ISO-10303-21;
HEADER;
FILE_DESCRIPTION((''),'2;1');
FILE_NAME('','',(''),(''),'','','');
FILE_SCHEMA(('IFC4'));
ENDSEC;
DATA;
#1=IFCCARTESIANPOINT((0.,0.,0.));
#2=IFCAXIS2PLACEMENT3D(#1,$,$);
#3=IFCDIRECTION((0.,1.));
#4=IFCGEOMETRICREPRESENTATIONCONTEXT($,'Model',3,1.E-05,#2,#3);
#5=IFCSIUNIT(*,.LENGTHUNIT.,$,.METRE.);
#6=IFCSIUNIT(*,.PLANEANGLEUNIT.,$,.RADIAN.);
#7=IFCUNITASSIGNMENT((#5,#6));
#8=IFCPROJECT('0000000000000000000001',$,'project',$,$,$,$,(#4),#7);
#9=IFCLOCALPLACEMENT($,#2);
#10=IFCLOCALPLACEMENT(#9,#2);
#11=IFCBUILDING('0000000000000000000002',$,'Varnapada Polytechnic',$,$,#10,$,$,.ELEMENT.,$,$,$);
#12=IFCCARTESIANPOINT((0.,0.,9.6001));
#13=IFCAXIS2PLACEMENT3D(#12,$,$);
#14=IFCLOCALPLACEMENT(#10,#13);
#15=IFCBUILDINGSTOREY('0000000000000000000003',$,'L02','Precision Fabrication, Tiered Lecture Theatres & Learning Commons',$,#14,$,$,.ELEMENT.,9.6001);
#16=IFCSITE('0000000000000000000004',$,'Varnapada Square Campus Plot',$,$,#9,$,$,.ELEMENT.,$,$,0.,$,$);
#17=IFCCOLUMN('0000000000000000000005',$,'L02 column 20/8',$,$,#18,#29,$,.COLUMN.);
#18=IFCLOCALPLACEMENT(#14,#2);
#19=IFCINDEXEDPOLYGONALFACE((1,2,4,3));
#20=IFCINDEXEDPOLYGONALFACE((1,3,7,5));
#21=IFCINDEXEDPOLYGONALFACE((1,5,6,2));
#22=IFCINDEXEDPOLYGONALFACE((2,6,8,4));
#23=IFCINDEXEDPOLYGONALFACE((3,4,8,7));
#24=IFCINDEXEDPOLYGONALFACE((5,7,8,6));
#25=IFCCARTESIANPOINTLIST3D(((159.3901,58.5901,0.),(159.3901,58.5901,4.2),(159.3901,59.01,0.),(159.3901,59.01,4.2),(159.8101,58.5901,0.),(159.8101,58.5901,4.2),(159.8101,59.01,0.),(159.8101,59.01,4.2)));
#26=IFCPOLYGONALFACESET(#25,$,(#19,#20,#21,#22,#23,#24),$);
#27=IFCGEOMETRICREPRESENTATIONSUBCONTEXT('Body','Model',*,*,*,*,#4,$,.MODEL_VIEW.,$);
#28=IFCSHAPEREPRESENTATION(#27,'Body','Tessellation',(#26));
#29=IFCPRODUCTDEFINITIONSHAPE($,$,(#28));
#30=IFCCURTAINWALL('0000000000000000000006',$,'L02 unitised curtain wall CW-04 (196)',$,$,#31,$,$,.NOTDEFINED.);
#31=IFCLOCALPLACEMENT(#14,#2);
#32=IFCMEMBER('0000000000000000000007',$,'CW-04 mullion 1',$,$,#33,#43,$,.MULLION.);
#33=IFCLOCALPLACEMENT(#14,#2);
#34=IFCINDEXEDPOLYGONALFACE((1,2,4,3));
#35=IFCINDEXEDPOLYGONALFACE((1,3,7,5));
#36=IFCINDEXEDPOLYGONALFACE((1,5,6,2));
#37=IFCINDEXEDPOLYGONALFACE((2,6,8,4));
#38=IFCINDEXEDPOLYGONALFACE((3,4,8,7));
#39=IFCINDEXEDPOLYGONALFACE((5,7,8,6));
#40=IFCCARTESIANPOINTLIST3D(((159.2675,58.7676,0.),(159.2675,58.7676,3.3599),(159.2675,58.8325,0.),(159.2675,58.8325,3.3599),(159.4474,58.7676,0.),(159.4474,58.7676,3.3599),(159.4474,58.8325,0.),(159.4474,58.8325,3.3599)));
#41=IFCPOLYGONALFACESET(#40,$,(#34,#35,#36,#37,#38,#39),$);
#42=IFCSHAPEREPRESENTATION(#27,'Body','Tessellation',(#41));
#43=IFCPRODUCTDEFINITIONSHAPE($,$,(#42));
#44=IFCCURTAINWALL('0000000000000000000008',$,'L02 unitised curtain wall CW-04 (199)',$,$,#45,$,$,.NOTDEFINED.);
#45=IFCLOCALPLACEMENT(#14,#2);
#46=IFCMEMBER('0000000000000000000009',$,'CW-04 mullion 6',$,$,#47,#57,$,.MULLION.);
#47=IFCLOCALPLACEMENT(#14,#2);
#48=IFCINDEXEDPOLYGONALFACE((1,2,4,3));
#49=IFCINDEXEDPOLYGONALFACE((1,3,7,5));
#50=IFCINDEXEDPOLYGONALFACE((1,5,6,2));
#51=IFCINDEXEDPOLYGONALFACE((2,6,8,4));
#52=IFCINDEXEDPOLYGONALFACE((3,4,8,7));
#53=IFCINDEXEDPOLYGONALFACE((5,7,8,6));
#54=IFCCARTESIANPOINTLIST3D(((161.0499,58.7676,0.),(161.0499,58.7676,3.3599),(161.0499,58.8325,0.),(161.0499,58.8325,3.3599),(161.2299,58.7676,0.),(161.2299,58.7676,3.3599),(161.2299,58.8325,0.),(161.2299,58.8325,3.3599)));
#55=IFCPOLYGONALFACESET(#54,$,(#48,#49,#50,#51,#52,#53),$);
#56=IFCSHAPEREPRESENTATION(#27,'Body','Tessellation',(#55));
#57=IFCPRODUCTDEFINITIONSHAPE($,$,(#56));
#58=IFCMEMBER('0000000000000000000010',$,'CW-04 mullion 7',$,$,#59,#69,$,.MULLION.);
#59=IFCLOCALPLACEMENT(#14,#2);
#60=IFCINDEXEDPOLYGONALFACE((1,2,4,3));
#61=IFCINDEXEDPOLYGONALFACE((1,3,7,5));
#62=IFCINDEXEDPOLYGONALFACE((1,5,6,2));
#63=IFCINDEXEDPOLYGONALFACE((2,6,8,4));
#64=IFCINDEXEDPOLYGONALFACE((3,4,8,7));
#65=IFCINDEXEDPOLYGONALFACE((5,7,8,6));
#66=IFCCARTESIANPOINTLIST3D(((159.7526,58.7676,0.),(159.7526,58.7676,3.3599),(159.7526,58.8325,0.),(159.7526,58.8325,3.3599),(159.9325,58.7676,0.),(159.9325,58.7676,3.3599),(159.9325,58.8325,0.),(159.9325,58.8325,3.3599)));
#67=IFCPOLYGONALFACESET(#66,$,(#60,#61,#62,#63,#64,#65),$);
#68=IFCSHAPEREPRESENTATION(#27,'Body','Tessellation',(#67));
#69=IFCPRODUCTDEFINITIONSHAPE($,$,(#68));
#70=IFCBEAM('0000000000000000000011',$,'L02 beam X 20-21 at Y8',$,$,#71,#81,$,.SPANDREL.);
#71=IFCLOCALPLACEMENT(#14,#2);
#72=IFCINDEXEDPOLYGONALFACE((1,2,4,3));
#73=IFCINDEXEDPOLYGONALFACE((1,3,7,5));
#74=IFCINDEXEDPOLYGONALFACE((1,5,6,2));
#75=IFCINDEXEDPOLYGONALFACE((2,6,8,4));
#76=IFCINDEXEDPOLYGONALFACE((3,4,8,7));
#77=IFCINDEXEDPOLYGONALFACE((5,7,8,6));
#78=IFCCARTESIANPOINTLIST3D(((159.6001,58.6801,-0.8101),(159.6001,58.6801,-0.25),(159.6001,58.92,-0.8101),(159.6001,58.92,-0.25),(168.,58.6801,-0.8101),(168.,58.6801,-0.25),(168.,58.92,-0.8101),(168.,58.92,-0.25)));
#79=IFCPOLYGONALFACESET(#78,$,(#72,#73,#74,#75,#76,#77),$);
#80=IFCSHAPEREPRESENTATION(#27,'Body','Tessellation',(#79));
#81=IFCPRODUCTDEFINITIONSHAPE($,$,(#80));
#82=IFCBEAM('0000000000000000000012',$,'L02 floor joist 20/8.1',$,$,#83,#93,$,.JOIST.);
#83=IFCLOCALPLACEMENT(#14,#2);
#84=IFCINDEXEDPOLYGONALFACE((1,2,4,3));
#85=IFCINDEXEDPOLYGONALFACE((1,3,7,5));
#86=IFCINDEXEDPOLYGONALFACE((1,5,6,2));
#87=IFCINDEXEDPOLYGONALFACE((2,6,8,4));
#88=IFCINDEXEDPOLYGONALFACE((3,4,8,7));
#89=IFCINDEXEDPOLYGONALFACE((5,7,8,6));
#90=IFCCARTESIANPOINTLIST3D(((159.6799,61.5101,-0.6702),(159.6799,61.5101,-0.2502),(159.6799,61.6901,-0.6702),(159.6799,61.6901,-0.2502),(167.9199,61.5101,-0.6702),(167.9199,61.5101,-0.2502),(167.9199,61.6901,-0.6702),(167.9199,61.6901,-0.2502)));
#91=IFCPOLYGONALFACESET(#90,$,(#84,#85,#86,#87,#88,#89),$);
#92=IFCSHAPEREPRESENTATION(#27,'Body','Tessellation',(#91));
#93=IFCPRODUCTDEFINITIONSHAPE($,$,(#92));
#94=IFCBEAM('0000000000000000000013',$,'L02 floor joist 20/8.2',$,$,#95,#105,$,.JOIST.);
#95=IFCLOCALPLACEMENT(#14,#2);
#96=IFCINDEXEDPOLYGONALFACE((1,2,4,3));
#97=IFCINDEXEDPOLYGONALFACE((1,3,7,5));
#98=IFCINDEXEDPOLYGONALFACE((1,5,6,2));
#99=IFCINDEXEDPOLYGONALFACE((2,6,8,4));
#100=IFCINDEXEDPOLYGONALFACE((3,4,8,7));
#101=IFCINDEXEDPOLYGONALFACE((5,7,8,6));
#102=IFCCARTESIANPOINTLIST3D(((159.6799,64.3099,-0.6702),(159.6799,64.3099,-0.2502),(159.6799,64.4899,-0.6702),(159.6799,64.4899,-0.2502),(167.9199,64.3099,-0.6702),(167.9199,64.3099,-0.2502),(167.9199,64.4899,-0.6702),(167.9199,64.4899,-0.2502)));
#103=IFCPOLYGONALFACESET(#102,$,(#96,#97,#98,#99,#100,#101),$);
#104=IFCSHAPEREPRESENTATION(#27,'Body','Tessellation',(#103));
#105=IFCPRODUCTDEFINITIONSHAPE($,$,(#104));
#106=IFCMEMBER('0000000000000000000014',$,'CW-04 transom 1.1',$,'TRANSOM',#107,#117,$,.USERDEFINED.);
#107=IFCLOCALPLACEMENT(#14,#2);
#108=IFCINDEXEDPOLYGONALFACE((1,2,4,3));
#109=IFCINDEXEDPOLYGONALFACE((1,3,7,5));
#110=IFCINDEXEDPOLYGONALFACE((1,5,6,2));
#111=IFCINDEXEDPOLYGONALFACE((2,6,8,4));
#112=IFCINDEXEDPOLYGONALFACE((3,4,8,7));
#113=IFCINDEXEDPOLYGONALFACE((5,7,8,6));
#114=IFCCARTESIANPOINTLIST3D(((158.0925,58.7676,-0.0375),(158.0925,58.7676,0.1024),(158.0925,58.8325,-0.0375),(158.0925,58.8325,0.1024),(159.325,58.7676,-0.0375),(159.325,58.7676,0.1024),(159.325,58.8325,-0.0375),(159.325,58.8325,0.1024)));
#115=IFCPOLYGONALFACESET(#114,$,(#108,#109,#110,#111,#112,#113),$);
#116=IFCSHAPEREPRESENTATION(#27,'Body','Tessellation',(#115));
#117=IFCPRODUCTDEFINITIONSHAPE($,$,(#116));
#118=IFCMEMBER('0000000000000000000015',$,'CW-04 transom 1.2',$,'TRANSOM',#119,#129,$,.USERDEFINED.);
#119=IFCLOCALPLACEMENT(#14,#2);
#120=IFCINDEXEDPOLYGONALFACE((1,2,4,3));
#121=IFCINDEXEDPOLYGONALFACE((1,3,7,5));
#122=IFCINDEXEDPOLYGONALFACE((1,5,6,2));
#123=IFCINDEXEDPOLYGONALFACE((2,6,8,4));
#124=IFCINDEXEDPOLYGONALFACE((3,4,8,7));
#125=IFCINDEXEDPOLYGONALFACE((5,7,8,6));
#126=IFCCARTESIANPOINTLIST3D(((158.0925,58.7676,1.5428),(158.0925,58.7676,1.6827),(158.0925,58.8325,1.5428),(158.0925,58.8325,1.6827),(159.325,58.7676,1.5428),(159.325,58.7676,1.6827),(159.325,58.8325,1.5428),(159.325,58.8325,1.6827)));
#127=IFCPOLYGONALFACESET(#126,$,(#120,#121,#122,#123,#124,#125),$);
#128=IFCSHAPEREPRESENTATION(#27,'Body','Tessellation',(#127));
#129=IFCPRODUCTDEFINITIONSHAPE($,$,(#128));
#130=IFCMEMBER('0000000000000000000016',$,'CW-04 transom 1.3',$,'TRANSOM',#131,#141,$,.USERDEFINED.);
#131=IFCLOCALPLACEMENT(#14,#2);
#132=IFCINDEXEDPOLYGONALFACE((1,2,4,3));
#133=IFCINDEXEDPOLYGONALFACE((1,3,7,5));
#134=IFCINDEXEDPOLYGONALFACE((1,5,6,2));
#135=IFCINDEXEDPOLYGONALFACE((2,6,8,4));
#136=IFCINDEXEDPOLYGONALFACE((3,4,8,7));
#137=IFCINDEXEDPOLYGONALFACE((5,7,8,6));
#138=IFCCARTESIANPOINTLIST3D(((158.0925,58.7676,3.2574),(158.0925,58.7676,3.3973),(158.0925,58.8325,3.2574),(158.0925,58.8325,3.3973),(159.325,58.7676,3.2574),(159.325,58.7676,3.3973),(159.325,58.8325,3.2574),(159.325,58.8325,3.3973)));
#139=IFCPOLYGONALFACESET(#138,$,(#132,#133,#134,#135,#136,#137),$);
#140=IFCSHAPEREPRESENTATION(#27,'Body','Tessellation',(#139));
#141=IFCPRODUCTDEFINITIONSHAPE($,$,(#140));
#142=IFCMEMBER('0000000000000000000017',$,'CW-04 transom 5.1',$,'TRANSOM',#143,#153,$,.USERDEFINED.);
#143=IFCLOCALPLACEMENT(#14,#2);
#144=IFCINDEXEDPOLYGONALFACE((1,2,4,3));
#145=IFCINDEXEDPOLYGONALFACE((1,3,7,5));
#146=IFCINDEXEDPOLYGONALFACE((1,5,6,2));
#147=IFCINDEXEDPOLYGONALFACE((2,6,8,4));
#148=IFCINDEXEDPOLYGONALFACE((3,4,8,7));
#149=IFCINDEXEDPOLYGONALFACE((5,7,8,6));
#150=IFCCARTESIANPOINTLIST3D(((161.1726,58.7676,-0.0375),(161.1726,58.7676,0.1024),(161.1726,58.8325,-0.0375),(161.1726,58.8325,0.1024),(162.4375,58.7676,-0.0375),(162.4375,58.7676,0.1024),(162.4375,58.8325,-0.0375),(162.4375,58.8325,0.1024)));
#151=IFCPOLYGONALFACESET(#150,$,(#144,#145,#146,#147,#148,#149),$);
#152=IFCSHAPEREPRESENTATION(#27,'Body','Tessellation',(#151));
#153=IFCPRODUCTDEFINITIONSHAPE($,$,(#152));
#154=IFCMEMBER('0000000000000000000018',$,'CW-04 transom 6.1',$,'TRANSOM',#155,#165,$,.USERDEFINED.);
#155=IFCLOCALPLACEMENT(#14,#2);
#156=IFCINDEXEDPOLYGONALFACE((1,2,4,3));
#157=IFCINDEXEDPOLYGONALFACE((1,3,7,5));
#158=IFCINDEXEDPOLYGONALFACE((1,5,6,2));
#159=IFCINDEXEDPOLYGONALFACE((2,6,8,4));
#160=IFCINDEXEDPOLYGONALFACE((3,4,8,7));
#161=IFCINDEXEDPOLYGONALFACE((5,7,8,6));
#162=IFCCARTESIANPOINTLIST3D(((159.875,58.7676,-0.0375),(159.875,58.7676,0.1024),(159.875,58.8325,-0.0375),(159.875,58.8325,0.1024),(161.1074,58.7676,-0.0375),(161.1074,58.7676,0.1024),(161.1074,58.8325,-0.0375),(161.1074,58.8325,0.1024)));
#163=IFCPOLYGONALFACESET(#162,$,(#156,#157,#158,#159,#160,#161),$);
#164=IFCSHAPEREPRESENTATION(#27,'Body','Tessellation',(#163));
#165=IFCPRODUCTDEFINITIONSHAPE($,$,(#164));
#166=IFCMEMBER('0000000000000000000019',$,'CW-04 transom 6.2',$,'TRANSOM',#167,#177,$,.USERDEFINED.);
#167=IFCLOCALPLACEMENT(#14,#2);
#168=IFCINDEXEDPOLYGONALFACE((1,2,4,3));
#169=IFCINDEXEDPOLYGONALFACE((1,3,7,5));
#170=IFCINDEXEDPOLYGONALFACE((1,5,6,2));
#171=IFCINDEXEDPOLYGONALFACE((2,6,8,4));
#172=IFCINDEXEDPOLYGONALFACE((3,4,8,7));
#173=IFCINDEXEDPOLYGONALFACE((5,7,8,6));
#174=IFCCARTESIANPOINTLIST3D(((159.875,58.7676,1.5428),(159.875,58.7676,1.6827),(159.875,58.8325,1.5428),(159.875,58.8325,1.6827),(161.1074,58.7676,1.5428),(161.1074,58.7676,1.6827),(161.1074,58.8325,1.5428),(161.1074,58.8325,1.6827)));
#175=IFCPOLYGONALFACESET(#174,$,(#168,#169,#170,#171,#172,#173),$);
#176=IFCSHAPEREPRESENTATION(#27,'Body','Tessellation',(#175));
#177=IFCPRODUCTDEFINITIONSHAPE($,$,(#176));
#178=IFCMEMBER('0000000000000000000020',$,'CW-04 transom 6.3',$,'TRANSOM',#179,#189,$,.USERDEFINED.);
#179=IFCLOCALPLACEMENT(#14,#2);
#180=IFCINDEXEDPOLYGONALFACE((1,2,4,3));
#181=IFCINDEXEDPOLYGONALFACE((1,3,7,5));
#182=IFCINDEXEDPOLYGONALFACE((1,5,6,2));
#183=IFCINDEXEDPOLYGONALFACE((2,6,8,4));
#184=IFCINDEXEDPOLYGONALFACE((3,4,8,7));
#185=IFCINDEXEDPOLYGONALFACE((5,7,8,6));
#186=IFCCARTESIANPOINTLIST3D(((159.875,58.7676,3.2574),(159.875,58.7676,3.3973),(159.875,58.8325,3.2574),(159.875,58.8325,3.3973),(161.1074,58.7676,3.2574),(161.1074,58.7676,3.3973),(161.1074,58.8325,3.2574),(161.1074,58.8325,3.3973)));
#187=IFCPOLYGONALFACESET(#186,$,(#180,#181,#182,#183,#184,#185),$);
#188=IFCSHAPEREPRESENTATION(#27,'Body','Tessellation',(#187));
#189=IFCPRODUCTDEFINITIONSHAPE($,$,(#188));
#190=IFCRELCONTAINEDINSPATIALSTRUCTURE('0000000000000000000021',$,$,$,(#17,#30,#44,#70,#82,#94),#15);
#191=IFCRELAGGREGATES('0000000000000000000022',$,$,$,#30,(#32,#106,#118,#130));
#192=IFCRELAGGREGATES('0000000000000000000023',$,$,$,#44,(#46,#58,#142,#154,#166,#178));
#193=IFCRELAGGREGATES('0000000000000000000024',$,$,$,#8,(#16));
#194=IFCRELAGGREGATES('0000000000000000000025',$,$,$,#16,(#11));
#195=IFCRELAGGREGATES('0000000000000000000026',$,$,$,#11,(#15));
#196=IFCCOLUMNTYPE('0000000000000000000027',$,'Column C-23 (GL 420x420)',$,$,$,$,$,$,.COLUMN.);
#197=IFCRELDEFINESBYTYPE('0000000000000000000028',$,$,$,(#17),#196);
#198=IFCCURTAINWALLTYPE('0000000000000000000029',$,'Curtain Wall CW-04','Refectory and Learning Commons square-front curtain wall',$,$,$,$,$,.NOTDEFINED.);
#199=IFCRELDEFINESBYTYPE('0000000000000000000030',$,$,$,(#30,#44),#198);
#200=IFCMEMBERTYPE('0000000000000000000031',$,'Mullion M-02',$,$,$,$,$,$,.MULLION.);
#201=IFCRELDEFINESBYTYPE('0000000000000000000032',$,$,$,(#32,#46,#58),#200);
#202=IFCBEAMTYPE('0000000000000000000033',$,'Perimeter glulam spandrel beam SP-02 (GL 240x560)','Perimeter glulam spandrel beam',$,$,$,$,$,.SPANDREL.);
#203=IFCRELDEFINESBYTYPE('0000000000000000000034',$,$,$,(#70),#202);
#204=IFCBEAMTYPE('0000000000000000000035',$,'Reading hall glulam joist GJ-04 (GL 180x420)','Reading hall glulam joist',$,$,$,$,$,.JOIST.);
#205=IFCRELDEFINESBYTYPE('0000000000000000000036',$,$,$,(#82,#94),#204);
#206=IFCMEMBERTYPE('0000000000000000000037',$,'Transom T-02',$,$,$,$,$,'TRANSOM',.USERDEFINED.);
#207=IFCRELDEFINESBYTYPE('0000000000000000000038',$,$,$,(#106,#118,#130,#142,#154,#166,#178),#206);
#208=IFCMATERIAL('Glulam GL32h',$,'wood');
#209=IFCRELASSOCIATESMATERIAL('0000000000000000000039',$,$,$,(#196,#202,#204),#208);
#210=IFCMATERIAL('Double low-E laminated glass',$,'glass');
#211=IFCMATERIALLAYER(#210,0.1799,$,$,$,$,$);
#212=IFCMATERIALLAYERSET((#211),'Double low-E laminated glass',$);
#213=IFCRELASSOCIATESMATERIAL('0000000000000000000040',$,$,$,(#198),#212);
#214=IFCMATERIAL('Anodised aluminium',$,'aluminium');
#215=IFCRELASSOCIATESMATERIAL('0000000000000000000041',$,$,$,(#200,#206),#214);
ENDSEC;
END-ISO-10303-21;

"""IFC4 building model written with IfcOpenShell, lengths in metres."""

from ifc_helpers import new_model, si_unit, direction, frame, origin, origin_2d, place, context, subcontext, project, spatial, rectangle, extrude, material, layer, layer_set, material_profile, profile_set, type_object, element, aggregate, save


model = new_model("IFC4")

# Units and contexts
model_context = context("Model", 3, precision=1e-05, world=origin(), true_north=direction((0.0, 1.0)))
body_context = subcontext(model_context, "Body", "Model", "MODEL_VIEW")
ifc_project = project(units=[si_unit("LENGTHUNIT", "METRE"), si_unit("PLANEANGLEUNIT", "RADIAN")], contexts=[model_context])

# Site, building, storey
site_placement = place(None, origin())
site = spatial("IfcSite", under=ifc_project, at=site_placement, Name="Varnapada Square Campus Plot", CompositionType="ELEMENT", RefElevation=0.0)
building_placement = place(site_placement, origin())
building = spatial("IfcBuilding", under=site, at=building_placement, Name="Varnapada Polytechnic", CompositionType="ELEMENT")
storey_placement = place(building_placement, frame((0.0, 0.0, 9.6001)))
storey = spatial("IfcBuildingStorey", under=building, at=storey_placement, Name="L02", Description="Precision Fabrication, Tiered Lecture Theatres & Learning Commons", CompositionType="ELEMENT", Elevation=9.6001)

# Column
ifc_material_1 = material(Name="Glulam GL32h", Category="wood")
ifc_material_profile_1 = material_profile(ifc_material_1, rectangle(XDim=0.4199, YDim=0.4199, at=origin_2d()), Name="GL 420x420")
ifc_profile_set_1 = profile_set([ifc_material_profile_1], Name="Glulam GL32h")
column_type = type_object("IfcColumnType", Name="Column C-23 (GL 420x420)", PredefinedType="COLUMN", material=ifc_profile_set_1)
column_placement = place(storey_placement, frame((159.6001, 58.8, 0.0), z_axis=(0.0, 0.0, 1.0), x_axis=(1.0, 0.0, 0.0)))
element("IfcColumn", 1, at=column_placement, inside=storey, type_object=column_type, Name="L02 column 20/8", PredefinedType="COLUMN", context=body_context, shape_type="SweptSolid", body=[
    extrude(rectangle(XDim=0.4199, YDim=0.4199, at=origin_2d()), origin(), (0.0, 0.0, 1.0), 4.2),
])

# Curtain wall, member
ifc_material_2 = material(Name="Double low-E laminated glass", Category="glass")
ifc_layer_1 = layer(ifc_material_2, 0.1799)
ifc_layer_set_1 = layer_set([ifc_layer_1], Name="Double low-E laminated glass")
curtain_wall_type = type_object("IfcCurtainWallType", Name="Curtain Wall CW-04", Description="Refectory and Learning Commons square-front curtain wall", PredefinedType="NOTDEFINED", material=ifc_layer_set_1)
curtain_wall_1_placement = place(storey_placement, origin())
curtain_wall_1 = element("IfcCurtainWall", 2, at=curtain_wall_1_placement, inside=storey, type_object=curtain_wall_type, Name="L02 unitised curtain wall CW-04 (196)", PredefinedType="NOTDEFINED")
ifc_material_3 = material(Name="Anodised aluminium", Category="aluminium")
ifc_material_profile_2 = material_profile(ifc_material_3, rectangle(XDim=0.0649, YDim=0.1799, at=origin_2d()), Name="ALU M65x180")
ifc_profile_set_2 = profile_set([ifc_material_profile_2], Name="Anodised aluminium")
member_type_1 = type_object("IfcMemberType", Name="Mullion M-02", PredefinedType="MULLION", material=ifc_profile_set_2)
member_1_placement = place(storey_placement, frame((159.3574, 58.8, 0.0), z_axis=(0.0, 0.0, 1.0), x_axis=(0.0, -1.0, 0.0)))
member_1 = element("IfcMember", 3, at=member_1_placement, type_object=member_type_1, Name="CW-04 mullion 1", PredefinedType="MULLION", context=body_context, shape_type="SweptSolid", body=[
    extrude(rectangle(XDim=0.0649, YDim=0.1799, at=origin_2d()), origin(), (0.0, 0.0, 1.0), 3.3599),
])

# Curtain wall, members
curtain_wall_2_placement = place(storey_placement, origin())
curtain_wall_2 = element("IfcCurtainWall", 4, at=curtain_wall_2_placement, inside=storey, type_object=curtain_wall_type, Name="L02 unitised curtain wall CW-04 (199)", PredefinedType="NOTDEFINED")
member_2_placement = place(storey_placement, frame((161.1399, 58.8, 0.0), z_axis=(0.0, 0.0, 1.0), x_axis=(0.0, -1.0, 0.0)))
member_2 = element("IfcMember", 5, at=member_2_placement, type_object=member_type_1, Name="CW-04 mullion 6", PredefinedType="MULLION", context=body_context, shape_type="SweptSolid", body=[
    extrude(rectangle(XDim=0.0649, YDim=0.1799, at=origin_2d()), origin(), (0.0, 0.0, 1.0), 3.3599),
])
member_3_placement = place(storey_placement, frame((159.8425, 58.8, 0.0), z_axis=(0.0, 0.0, 1.0), x_axis=(0.0, -1.0, 0.0)))
member_3 = element("IfcMember", 6, at=member_3_placement, type_object=member_type_1, Name="CW-04 mullion 7", PredefinedType="MULLION", context=body_context, shape_type="SweptSolid", body=[
    extrude(rectangle(XDim=0.0649, YDim=0.1799, at=origin_2d()), origin(), (0.0, 0.0, 1.0), 3.3599),
])

# Beams
ifc_material_profile_3 = material_profile(ifc_material_1, rectangle(XDim=0.24, YDim=0.5601, at=origin_2d()), Name="GL 240x560")
ifc_profile_set_3 = profile_set([ifc_material_profile_3], Name="Glulam GL32h")
beam_type_1 = type_object("IfcBeamType", Name="Perimeter glulam spandrel beam SP-02 (GL 240x560)", Description="Perimeter glulam spandrel beam", PredefinedType="SPANDREL", material=ifc_profile_set_3)
beam_1_placement = place(storey_placement, frame((159.6001, 58.8, -0.53), z_axis=(1.0, 0.0, 0.0), x_axis=(0.0, 1.0, 0.0)))
element("IfcBeam", 7, at=beam_1_placement, inside=storey, type_object=beam_type_1, Name="L02 beam X 20-21 at Y8", PredefinedType="SPANDREL", context=body_context, shape_type="SweptSolid", body=[
    extrude(rectangle(XDim=0.24, YDim=0.5601, at=origin_2d()), origin(), (0.0, 0.0, 1.0), 8.3999),
])
ifc_material_profile_4 = material_profile(ifc_material_1, rectangle(XDim=0.1799, YDim=0.4199, at=origin_2d()), Name="GL 180x420")
ifc_profile_set_4 = profile_set([ifc_material_profile_4], Name="Glulam GL32h")
beam_type_2 = type_object("IfcBeamType", Name="Reading hall glulam joist GJ-04 (GL 180x420)", Description="Reading hall glulam joist", PredefinedType="JOIST", material=ifc_profile_set_4)
for number, where, z_axis, x_axis, name in (
    (8, (159.6799, 61.6001, -0.4602), (1.0, 0.0, 0.0), (0.0, 1.0, 0.0), "L02 floor joist 20/8.1"),
    (9, (159.6799, 64.3999, -0.4602), (1.0, 0.0, 0.0), (0.0, 1.0, 0.0), "L02 floor joist 20/8.2"),
):
    element("IfcBeam", number, at=place(storey_placement, frame(where, z_axis=z_axis, x_axis=x_axis)), inside=storey, type_object=beam_type_2, Name=name, PredefinedType="JOIST", context=body_context, shape_type="SweptSolid", body=[
        extrude(rectangle(XDim=0.1799, YDim=0.4199, at=origin_2d()), origin(), (0.0, 0.0, 1.0), 8.24),
    ])

# Members
ifc_material_profile_5 = material_profile(ifc_material_3, rectangle(XDim=0.0649, YDim=0.1399, at=origin_2d()), Name="ALU T65x140")
ifc_profile_set_5 = profile_set([ifc_material_profile_5], Name="Anodised aluminium")
member_type_2 = type_object("IfcMemberType", Name="Transom T-02", ElementType="TRANSOM", PredefinedType="USERDEFINED", material=ifc_profile_set_5)
member_4_placement = place(storey_placement, frame((159.325, 58.8, 0.0325), z_axis=(-1.0, 0.0, 0.0), x_axis=(0.0, -1.0, 0.0)))
member_4 = element("IfcMember", 10, at=member_4_placement, type_object=member_type_2, Name="CW-04 transom 1.1", ObjectType="TRANSOM", PredefinedType="USERDEFINED", context=body_context, shape_type="SweptSolid", body=[
    extrude(rectangle(XDim=0.0649, YDim=0.1399, at=origin_2d()), origin(), (0.0, 0.0, 1.0), 1.2324),
])
member_5_placement = place(storey_placement, frame((159.325, 58.8, 1.6128), z_axis=(-1.0, 0.0, 0.0), x_axis=(0.0, -1.0, 0.0)))
member_5 = element("IfcMember", 11, at=member_5_placement, type_object=member_type_2, Name="CW-04 transom 1.2", ObjectType="TRANSOM", PredefinedType="USERDEFINED", context=body_context, shape_type="SweptSolid", body=[
    extrude(rectangle(XDim=0.0649, YDim=0.1399, at=origin_2d()), origin(), (0.0, 0.0, 1.0), 1.2324),
])
member_6_placement = place(storey_placement, frame((159.325, 58.8, 3.3274), z_axis=(-1.0, 0.0, 0.0), x_axis=(0.0, -1.0, 0.0)))
member_6 = element("IfcMember", 12, at=member_6_placement, type_object=member_type_2, Name="CW-04 transom 1.3", ObjectType="TRANSOM", PredefinedType="USERDEFINED", context=body_context, shape_type="SweptSolid", body=[
    extrude(rectangle(XDim=0.0649, YDim=0.1399, at=origin_2d()), origin(), (0.0, 0.0, 1.0), 1.2324),
])
member_7_placement = place(storey_placement, frame((162.4375, 58.8, 0.0325), z_axis=(-1.0, 0.0, 0.0), x_axis=(0.0, -1.0, 0.0)))
member_7 = element("IfcMember", 13, at=member_7_placement, type_object=member_type_2, Name="CW-04 transom 5.1", ObjectType="TRANSOM", PredefinedType="USERDEFINED", context=body_context, shape_type="SweptSolid", body=[
    extrude(rectangle(XDim=0.0649, YDim=0.1399, at=origin_2d()), origin(), (0.0, 0.0, 1.0), 1.2649),
])
member_8_placement = place(storey_placement, frame((161.1074, 58.8, 0.0325), z_axis=(-1.0, 0.0, 0.0), x_axis=(0.0, -1.0, 0.0)))
member_8 = element("IfcMember", 14, at=member_8_placement, type_object=member_type_2, Name="CW-04 transom 6.1", ObjectType="TRANSOM", PredefinedType="USERDEFINED", context=body_context, shape_type="SweptSolid", body=[
    extrude(rectangle(XDim=0.0649, YDim=0.1399, at=origin_2d()), origin(), (0.0, 0.0, 1.0), 1.2324),
])
member_9_placement = place(storey_placement, frame((161.1074, 58.8, 1.6128), z_axis=(-1.0, 0.0, 0.0), x_axis=(0.0, -1.0, 0.0)))
member_9 = element("IfcMember", 15, at=member_9_placement, type_object=member_type_2, Name="CW-04 transom 6.2", ObjectType="TRANSOM", PredefinedType="USERDEFINED", context=body_context, shape_type="SweptSolid", body=[
    extrude(rectangle(XDim=0.0649, YDim=0.1399, at=origin_2d()), origin(), (0.0, 0.0, 1.0), 1.2324),
])
member_10_placement = place(storey_placement, frame((161.1074, 58.8, 3.3274), z_axis=(-1.0, 0.0, 0.0), x_axis=(0.0, -1.0, 0.0)))
member_10 = element("IfcMember", 16, at=member_10_placement, type_object=member_type_2, Name="CW-04 transom 6.3", ObjectType="TRANSOM", PredefinedType="USERDEFINED", context=body_context, shape_type="SweptSolid", body=[
    extrude(rectangle(XDim=0.0649, YDim=0.1399, at=origin_2d()), origin(), (0.0, 0.0, 1.0), 1.2324),
])

aggregate(curtain_wall_1, [member_1, member_4, member_5, member_6])
aggregate(curtain_wall_2, [member_2, member_3, member_7, member_8, member_9, member_10])

save(model, "model.ifc")
